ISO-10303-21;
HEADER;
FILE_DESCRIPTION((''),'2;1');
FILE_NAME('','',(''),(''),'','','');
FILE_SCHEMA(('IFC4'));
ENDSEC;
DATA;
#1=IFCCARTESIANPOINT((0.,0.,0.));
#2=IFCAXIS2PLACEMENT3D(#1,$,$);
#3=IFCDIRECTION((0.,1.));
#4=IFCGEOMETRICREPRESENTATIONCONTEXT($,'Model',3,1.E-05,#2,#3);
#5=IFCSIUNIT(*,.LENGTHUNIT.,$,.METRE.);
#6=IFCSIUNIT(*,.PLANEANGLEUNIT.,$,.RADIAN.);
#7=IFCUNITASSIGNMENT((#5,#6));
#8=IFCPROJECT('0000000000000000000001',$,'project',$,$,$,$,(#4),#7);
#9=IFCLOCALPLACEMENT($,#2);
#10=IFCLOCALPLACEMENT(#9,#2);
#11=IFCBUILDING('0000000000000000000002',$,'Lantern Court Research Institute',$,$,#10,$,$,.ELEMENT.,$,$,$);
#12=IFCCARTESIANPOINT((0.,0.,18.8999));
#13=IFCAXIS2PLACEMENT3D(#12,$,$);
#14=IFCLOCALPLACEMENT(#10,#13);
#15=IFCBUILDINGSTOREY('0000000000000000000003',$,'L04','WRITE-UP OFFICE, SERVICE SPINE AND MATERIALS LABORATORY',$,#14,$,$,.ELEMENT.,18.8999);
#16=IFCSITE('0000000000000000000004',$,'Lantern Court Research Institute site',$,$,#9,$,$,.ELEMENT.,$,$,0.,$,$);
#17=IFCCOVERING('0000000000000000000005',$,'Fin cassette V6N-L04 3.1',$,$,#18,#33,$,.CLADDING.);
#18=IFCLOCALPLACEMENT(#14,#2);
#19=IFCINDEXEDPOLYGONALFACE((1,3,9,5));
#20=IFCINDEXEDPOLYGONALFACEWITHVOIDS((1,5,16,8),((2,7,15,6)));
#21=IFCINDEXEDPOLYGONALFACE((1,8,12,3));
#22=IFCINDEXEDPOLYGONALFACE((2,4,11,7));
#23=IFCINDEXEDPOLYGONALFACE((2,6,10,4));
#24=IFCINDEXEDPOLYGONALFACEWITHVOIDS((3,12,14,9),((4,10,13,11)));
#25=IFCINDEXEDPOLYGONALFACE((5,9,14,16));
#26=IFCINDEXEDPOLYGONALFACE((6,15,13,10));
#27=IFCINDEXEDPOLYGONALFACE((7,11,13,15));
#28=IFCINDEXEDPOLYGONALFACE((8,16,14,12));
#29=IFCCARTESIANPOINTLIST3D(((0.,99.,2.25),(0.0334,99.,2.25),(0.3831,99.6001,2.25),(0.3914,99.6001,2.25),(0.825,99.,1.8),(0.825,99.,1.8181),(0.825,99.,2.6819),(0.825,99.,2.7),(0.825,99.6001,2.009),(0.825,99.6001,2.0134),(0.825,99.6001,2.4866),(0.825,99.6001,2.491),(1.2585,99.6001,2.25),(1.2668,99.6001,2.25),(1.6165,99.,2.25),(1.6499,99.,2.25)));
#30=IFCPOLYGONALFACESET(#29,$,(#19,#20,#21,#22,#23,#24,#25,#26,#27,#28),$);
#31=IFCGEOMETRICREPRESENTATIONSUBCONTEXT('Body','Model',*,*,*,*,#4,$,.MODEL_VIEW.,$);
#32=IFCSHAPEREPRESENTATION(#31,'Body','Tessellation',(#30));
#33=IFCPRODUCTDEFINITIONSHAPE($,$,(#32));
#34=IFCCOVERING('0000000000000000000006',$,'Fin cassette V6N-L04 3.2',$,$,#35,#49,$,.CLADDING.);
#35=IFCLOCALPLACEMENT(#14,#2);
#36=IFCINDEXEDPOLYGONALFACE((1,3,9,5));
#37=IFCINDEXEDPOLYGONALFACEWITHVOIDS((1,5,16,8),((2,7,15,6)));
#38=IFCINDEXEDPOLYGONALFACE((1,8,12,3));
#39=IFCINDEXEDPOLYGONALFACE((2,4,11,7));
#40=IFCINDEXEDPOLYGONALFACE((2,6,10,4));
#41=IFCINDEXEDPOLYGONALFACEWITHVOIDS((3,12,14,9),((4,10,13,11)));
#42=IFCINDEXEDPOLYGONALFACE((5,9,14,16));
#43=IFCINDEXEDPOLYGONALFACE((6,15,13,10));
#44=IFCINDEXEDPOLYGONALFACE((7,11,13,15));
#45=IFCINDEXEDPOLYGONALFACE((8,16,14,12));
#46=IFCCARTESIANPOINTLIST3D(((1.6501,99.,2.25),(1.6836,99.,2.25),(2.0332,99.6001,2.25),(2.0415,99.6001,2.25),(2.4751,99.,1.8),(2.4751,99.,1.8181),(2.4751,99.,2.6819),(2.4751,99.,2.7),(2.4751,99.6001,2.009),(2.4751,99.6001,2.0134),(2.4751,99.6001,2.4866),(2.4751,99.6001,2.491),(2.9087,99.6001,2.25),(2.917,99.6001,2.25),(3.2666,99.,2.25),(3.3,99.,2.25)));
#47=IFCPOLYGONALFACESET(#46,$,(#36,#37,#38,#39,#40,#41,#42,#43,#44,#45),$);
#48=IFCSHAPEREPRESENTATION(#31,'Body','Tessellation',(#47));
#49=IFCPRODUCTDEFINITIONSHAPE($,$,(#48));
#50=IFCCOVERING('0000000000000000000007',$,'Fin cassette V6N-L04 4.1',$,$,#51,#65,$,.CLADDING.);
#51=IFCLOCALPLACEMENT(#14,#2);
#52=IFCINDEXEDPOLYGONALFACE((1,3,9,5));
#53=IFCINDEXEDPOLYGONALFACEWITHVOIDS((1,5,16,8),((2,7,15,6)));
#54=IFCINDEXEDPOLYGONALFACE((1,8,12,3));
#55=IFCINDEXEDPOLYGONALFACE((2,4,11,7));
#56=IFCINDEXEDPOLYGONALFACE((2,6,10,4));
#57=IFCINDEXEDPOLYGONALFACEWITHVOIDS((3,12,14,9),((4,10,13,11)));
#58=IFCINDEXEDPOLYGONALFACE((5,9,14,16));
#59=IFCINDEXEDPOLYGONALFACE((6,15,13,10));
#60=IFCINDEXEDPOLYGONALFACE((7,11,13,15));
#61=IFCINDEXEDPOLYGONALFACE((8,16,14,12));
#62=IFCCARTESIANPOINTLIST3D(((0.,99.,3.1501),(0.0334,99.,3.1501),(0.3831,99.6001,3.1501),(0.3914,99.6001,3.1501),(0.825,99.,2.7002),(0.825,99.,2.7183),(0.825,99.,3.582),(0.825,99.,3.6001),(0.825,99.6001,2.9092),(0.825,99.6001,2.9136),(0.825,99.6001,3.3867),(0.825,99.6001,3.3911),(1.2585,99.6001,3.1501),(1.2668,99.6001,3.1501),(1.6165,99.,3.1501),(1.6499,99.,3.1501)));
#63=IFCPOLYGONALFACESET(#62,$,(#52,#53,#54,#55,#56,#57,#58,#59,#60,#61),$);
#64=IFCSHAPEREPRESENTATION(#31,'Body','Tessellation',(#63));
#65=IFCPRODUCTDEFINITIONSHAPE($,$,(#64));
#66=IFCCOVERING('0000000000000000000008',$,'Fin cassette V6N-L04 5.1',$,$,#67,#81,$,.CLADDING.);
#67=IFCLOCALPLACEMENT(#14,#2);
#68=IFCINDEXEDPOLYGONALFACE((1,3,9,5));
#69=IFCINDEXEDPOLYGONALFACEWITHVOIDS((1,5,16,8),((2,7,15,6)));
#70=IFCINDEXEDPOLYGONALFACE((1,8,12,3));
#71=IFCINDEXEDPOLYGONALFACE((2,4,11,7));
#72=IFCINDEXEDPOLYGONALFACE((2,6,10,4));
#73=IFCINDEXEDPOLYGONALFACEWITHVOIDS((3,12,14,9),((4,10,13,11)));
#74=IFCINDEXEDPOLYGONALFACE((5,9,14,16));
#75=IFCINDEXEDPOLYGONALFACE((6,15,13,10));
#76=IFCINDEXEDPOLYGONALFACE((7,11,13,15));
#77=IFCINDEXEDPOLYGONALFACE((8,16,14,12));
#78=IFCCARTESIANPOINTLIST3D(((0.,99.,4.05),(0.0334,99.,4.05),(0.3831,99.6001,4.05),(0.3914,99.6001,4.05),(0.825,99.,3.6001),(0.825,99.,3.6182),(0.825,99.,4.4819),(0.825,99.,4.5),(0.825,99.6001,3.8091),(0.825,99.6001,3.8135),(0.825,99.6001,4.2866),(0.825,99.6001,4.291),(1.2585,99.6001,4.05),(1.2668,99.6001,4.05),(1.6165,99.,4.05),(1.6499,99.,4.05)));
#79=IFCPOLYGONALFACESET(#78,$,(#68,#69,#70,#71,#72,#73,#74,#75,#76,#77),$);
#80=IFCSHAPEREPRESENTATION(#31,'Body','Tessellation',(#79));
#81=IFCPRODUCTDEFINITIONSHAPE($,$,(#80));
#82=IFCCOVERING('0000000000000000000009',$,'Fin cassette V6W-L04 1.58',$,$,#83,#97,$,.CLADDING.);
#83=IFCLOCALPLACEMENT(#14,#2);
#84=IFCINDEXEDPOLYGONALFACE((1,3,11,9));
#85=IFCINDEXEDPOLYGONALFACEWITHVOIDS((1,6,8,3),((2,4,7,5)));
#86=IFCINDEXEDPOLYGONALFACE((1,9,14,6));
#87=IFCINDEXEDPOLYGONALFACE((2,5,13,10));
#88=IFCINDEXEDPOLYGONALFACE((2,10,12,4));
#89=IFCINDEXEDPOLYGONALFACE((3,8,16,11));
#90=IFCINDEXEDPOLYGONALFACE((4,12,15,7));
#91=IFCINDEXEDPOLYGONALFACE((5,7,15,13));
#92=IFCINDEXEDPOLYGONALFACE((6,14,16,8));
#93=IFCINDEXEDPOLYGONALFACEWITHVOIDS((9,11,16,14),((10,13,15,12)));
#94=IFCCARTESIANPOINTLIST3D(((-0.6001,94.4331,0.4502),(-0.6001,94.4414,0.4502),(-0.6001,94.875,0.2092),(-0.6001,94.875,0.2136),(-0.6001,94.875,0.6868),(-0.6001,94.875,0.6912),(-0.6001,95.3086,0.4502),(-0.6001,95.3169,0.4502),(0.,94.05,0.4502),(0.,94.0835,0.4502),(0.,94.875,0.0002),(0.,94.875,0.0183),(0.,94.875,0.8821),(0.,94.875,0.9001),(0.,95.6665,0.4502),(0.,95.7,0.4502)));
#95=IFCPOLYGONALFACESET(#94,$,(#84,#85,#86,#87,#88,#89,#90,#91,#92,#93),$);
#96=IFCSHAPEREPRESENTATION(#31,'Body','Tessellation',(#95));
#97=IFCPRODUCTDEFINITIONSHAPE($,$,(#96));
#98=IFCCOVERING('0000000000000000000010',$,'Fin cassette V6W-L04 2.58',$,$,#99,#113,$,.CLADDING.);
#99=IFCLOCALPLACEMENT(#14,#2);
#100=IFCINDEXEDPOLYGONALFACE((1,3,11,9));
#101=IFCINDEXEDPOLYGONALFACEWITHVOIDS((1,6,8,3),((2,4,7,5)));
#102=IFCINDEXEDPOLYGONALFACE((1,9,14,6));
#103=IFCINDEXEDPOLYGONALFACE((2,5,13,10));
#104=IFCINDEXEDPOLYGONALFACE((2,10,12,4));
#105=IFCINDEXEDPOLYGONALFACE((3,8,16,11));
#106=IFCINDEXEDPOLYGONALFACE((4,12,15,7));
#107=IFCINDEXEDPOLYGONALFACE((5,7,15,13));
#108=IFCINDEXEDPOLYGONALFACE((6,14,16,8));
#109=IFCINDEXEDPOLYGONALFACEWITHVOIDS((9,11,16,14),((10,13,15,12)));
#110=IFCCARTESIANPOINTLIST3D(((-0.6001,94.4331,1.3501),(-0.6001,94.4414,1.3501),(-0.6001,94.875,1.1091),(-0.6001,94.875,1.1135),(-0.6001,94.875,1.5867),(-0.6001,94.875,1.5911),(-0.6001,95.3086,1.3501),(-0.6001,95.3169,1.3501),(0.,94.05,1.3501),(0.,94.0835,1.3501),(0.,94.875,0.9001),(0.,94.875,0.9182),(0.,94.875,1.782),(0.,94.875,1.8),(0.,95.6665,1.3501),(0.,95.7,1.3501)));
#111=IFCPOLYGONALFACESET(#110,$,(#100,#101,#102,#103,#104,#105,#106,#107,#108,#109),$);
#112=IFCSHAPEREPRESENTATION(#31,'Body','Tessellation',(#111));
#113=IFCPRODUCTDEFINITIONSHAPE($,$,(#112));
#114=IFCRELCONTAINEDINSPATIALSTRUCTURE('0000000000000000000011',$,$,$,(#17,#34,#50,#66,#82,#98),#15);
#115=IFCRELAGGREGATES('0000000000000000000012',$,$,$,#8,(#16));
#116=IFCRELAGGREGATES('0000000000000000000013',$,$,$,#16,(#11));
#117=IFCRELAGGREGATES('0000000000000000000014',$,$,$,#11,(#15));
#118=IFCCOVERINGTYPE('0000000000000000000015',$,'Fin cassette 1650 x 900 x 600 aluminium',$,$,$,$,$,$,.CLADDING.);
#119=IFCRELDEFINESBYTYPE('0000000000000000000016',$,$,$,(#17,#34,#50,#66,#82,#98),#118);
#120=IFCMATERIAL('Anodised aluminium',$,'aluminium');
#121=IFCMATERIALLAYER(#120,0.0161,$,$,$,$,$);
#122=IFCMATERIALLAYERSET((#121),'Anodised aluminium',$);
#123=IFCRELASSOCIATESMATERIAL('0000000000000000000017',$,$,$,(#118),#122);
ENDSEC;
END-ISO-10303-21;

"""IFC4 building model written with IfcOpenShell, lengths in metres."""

from ifc_helpers import new_model, entity, si_unit, direction, frame, origin, place, context, subcontext, project, spatial, material, layer, layer_set, type_object, element, save


model = new_model("IFC4")

# Units and contexts
model_context = context("Model", 3, precision=1e-05, world=origin(), true_north=direction((0.0, 1.0)))
body_context = subcontext(model_context, "Body", "Model", "MODEL_VIEW")
ifc_project = project(units=[si_unit("LENGTHUNIT", "METRE"), si_unit("PLANEANGLEUNIT", "RADIAN")], contexts=[model_context])

# Site, building, storey
site_placement = place(None, origin())
site = spatial("IfcSite", under=ifc_project, at=site_placement, Name="Lantern Court Research Institute site", CompositionType="ELEMENT", RefElevation=0.0)
building_placement = place(site_placement, origin())
building = spatial("IfcBuilding", under=site, at=building_placement, Name="Lantern Court Research Institute", CompositionType="ELEMENT")
storey_placement = place(building_placement, frame((0.0, 0.0, 18.8999)))
storey = spatial("IfcBuildingStorey", under=building, at=storey_placement, Name="L04", Description="WRITE-UP OFFICE, SERVICE SPINE AND MATERIALS LABORATORY", CompositionType="ELEMENT", Elevation=18.8999)

# Coverings
ifc_material_1 = material(Name="Anodised aluminium", Category="aluminium")
ifc_layer_1 = layer(ifc_material_1, 0.0161)
ifc_layer_set_1 = layer_set([ifc_layer_1], Name="Anodised aluminium")
covering_type = type_object("IfcCoveringType", Name="Fin cassette 1650 x 900 x 600 aluminium", PredefinedType="CLADDING", material=ifc_layer_set_1)
covering_1_placement = place(storey_placement, frame((0.825, 99.0, 2.25), z_axis=(0.0, 1.0, 0.0), x_axis=(-1.0, 0.0, 0.0)))
cartesian_point_1 = entity("IfcCartesianPoint", [0.825, 0.0])
cartesian_point_2 = entity("IfcCartesianPoint", [0.7915, 0.0])
cartesian_point_3 = entity("IfcCartesianPoint", [0.4419, 0.0])
cartesian_point_4 = entity("IfcCartesianPoint", [0.4336, 0.0])
element("IfcCovering", 1, at=covering_1_placement, inside=storey, type_object=covering_type, Name="Fin cassette V6N-L04 3.1", PredefinedType="CLADDING", context=body_context, shape_type="SweptSolid", body=[
    entity("IfcExtrudedAreaSolidTapered", entity("IfcArbitraryProfileDefWithVoids", "AREA", None, entity("IfcPolyline", [cartesian_point_1, entity("IfcCartesianPoint", [0.0, 0.45]), entity("IfcCartesianPoint", [-0.825, 0.0]), entity("IfcCartesianPoint", [0.0, -0.45]), cartesian_point_1]), [entity("IfcPolyline", [cartesian_point_2, entity("IfcCartesianPoint", [0.0, 0.4319]), entity("IfcCartesianPoint", [-0.7915, 0.0]), entity("IfcCartesianPoint", [0.0, -0.4319]), cartesian_point_2])]), entity("IfcAxis2Placement3D", entity("IfcCartesianPoint", [0.0, 0.0, 0.0])), entity("IfcDirection", [0.0, 0.0, 1.0]), 0.6001, entity("IfcArbitraryProfileDefWithVoids", "AREA", None, entity("IfcPolyline", [cartesian_point_3, entity("IfcCartesianPoint", [0.0, 0.241]), entity("IfcCartesianPoint", [-0.4419, 0.0]), entity("IfcCartesianPoint", [0.0, -0.241]), cartesian_point_3]), [entity("IfcPolyline", [cartesian_point_4, entity("IfcCartesianPoint", [0.0, 0.2366]), entity("IfcCartesianPoint", [-0.4336, 0.0]), entity("IfcCartesianPoint", [0.0, -0.2366]), cartesian_point_4])])),
])
covering_2_placement = place(storey_placement, frame((2.4751, 99.0, 2.25), z_axis=(0.0, 1.0, 0.0), x_axis=(-1.0, 0.0, 0.0)))
cartesian_point_5 = entity("IfcCartesianPoint", [0.825, 0.0])
cartesian_point_6 = entity("IfcCartesianPoint", [0.7915, 0.0])
cartesian_point_7 = entity("IfcCartesianPoint", [0.4419, 0.0])
cartesian_point_8 = entity("IfcCartesianPoint", [0.4336, 0.0])
element("IfcCovering", 2, at=covering_2_placement, inside=storey, type_object=covering_type, Name="Fin cassette V6N-L04 3.2", PredefinedType="CLADDING", context=body_context, shape_type="SweptSolid", body=[
    entity("IfcExtrudedAreaSolidTapered", entity("IfcArbitraryProfileDefWithVoids", "AREA", None, entity("IfcPolyline", [cartesian_point_5, entity("IfcCartesianPoint", [0.0, 0.45]), entity("IfcCartesianPoint", [-0.825, 0.0]), entity("IfcCartesianPoint", [0.0, -0.45]), cartesian_point_5]), [entity("IfcPolyline", [cartesian_point_6, entity("IfcCartesianPoint", [0.0, 0.4319]), entity("IfcCartesianPoint", [-0.7915, 0.0]), entity("IfcCartesianPoint", [0.0, -0.4319]), cartesian_point_6])]), entity("IfcAxis2Placement3D", entity("IfcCartesianPoint", [0.0, 0.0, 0.0])), entity("IfcDirection", [0.0, 0.0, 1.0]), 0.6001, entity("IfcArbitraryProfileDefWithVoids", "AREA", None, entity("IfcPolyline", [cartesian_point_7, entity("IfcCartesianPoint", [0.0, 0.241]), entity("IfcCartesianPoint", [-0.4419, 0.0]), entity("IfcCartesianPoint", [0.0, -0.241]), cartesian_point_7]), [entity("IfcPolyline", [cartesian_point_8, entity("IfcCartesianPoint", [0.0, 0.2366]), entity("IfcCartesianPoint", [-0.4336, 0.0]), entity("IfcCartesianPoint", [0.0, -0.2366]), cartesian_point_8])])),
])
covering_3_placement = place(storey_placement, frame((0.825, 99.0, 3.1501), z_axis=(0.0, 1.0, 0.0), x_axis=(-1.0, 0.0, 0.0)))
cartesian_point_9 = entity("IfcCartesianPoint", [0.825, 0.0])
cartesian_point_10 = entity("IfcCartesianPoint", [0.7915, 0.0])
cartesian_point_11 = entity("IfcCartesianPoint", [0.4419, 0.0])
cartesian_point_12 = entity("IfcCartesianPoint", [0.4336, 0.0])
element("IfcCovering", 3, at=covering_3_placement, inside=storey, type_object=covering_type, Name="Fin cassette V6N-L04 4.1", PredefinedType="CLADDING", context=body_context, shape_type="SweptSolid", body=[
    entity("IfcExtrudedAreaSolidTapered", entity("IfcArbitraryProfileDefWithVoids", "AREA", None, entity("IfcPolyline", [cartesian_point_9, entity("IfcCartesianPoint", [0.0, 0.45]), entity("IfcCartesianPoint", [-0.825, 0.0]), entity("IfcCartesianPoint", [0.0, -0.45]), cartesian_point_9]), [entity("IfcPolyline", [cartesian_point_10, entity("IfcCartesianPoint", [0.0, 0.4319]), entity("IfcCartesianPoint", [-0.7915, 0.0]), entity("IfcCartesianPoint", [0.0, -0.4319]), cartesian_point_10])]), entity("IfcAxis2Placement3D", entity("IfcCartesianPoint", [0.0, 0.0, 0.0])), entity("IfcDirection", [0.0, 0.0, 1.0]), 0.6001, entity("IfcArbitraryProfileDefWithVoids", "AREA", None, entity("IfcPolyline", [cartesian_point_11, entity("IfcCartesianPoint", [0.0, 0.241]), entity("IfcCartesianPoint", [-0.4419, 0.0]), entity("IfcCartesianPoint", [0.0, -0.241]), cartesian_point_11]), [entity("IfcPolyline", [cartesian_point_12, entity("IfcCartesianPoint", [0.0, 0.2366]), entity("IfcCartesianPoint", [-0.4336, 0.0]), entity("IfcCartesianPoint", [0.0, -0.2366]), cartesian_point_12])])),
])
covering_4_placement = place(storey_placement, frame((0.825, 99.0, 4.05), z_axis=(0.0, 1.0, 0.0), x_axis=(-1.0, 0.0, 0.0)))
cartesian_point_13 = entity("IfcCartesianPoint", [0.825, 0.0])
cartesian_point_14 = entity("IfcCartesianPoint", [0.7915, 0.0])
cartesian_point_15 = entity("IfcCartesianPoint", [0.4419, 0.0])
cartesian_point_16 = entity("IfcCartesianPoint", [0.4336, 0.0])
element("IfcCovering", 4, at=covering_4_placement, inside=storey, type_object=covering_type, Name="Fin cassette V6N-L04 5.1", PredefinedType="CLADDING", context=body_context, shape_type="SweptSolid", body=[
    entity("IfcExtrudedAreaSolidTapered", entity("IfcArbitraryProfileDefWithVoids", "AREA", None, entity("IfcPolyline", [cartesian_point_13, entity("IfcCartesianPoint", [0.0, 0.45]), entity("IfcCartesianPoint", [-0.825, 0.0]), entity("IfcCartesianPoint", [0.0, -0.45]), cartesian_point_13]), [entity("IfcPolyline", [cartesian_point_14, entity("IfcCartesianPoint", [0.0, 0.4319]), entity("IfcCartesianPoint", [-0.7915, 0.0]), entity("IfcCartesianPoint", [0.0, -0.4319]), cartesian_point_14])]), entity("IfcAxis2Placement3D", entity("IfcCartesianPoint", [0.0, 0.0, 0.0])), entity("IfcDirection", [0.0, 0.0, 1.0]), 0.6001, entity("IfcArbitraryProfileDefWithVoids", "AREA", None, entity("IfcPolyline", [cartesian_point_15, entity("IfcCartesianPoint", [0.0, 0.241]), entity("IfcCartesianPoint", [-0.4419, 0.0]), entity("IfcCartesianPoint", [0.0, -0.241]), cartesian_point_15]), [entity("IfcPolyline", [cartesian_point_16, entity("IfcCartesianPoint", [0.0, 0.2366]), entity("IfcCartesianPoint", [-0.4336, 0.0]), entity("IfcCartesianPoint", [0.0, -0.2366]), cartesian_point_16])])),
])
covering_5_placement = place(storey_placement, frame((0.0, 94.875, 0.4502), z_axis=(-1.0, 0.0, 0.0), x_axis=(0.0, -1.0, 0.0)))
cartesian_point_17 = entity("IfcCartesianPoint", [0.825, 0.0])
cartesian_point_18 = entity("IfcCartesianPoint", [0.7915, 0.0])
cartesian_point_19 = entity("IfcCartesianPoint", [0.4419, 0.0])
cartesian_point_20 = entity("IfcCartesianPoint", [0.4336, 0.0])
element("IfcCovering", 5, at=covering_5_placement, inside=storey, type_object=covering_type, Name="Fin cassette V6W-L04 1.58", PredefinedType="CLADDING", context=body_context, shape_type="SweptSolid", body=[
    entity("IfcExtrudedAreaSolidTapered", entity("IfcArbitraryProfileDefWithVoids", "AREA", None, entity("IfcPolyline", [cartesian_point_17, entity("IfcCartesianPoint", [0.0, 0.45]), entity("IfcCartesianPoint", [-0.825, 0.0]), entity("IfcCartesianPoint", [0.0, -0.45]), cartesian_point_17]), [entity("IfcPolyline", [cartesian_point_18, entity("IfcCartesianPoint", [0.0, 0.4319]), entity("IfcCartesianPoint", [-0.7915, 0.0]), entity("IfcCartesianPoint", [0.0, -0.4319]), cartesian_point_18])]), entity("IfcAxis2Placement3D", entity("IfcCartesianPoint", [0.0, 0.0, 0.0])), entity("IfcDirection", [0.0, 0.0, 1.0]), 0.6001, entity("IfcArbitraryProfileDefWithVoids", "AREA", None, entity("IfcPolyline", [cartesian_point_19, entity("IfcCartesianPoint", [0.0, 0.241]), entity("IfcCartesianPoint", [-0.4419, 0.0]), entity("IfcCartesianPoint", [0.0, -0.241]), cartesian_point_19]), [entity("IfcPolyline", [cartesian_point_20, entity("IfcCartesianPoint", [0.0, 0.2366]), entity("IfcCartesianPoint", [-0.4336, 0.0]), entity("IfcCartesianPoint", [0.0, -0.2366]), cartesian_point_20])])),
])
covering_6_placement = place(storey_placement, frame((0.0, 94.875, 1.3501), z_axis=(-1.0, 0.0, 0.0), x_axis=(0.0, -1.0, 0.0)))
cartesian_point_21 = entity("IfcCartesianPoint", [0.825, 0.0])
cartesian_point_22 = entity("IfcCartesianPoint", [0.7915, 0.0])
cartesian_point_23 = entity("IfcCartesianPoint", [0.4419, 0.0])
cartesian_point_24 = entity("IfcCartesianPoint", [0.4336, 0.0])
element("IfcCovering", 6, at=covering_6_placement, inside=storey, type_object=covering_type, Name="Fin cassette V6W-L04 2.58", PredefinedType="CLADDING", context=body_context, shape_type="SweptSolid", body=[
    entity("IfcExtrudedAreaSolidTapered", entity("IfcArbitraryProfileDefWithVoids", "AREA", None, entity("IfcPolyline", [cartesian_point_21, entity("IfcCartesianPoint", [0.0, 0.45]), entity("IfcCartesianPoint", [-0.825, 0.0]), entity("IfcCartesianPoint", [0.0, -0.45]), cartesian_point_21]), [entity("IfcPolyline", [cartesian_point_22, entity("IfcCartesianPoint", [0.0, 0.4319]), entity("IfcCartesianPoint", [-0.7915, 0.0]), entity("IfcCartesianPoint", [0.0, -0.4319]), cartesian_point_22])]), entity("IfcAxis2Placement3D", entity("IfcCartesianPoint", [0.0, 0.0, 0.0])), entity("IfcDirection", [0.0, 0.0, 1.0]), 0.6001, entity("IfcArbitraryProfileDefWithVoids", "AREA", None, entity("IfcPolyline", [cartesian_point_23, entity("IfcCartesianPoint", [0.0, 0.241]), entity("IfcCartesianPoint", [-0.4419, 0.0]), entity("IfcCartesianPoint", [0.0, -0.241]), cartesian_point_23]), [entity("IfcPolyline", [cartesian_point_24, entity("IfcCartesianPoint", [0.0, 0.2366]), entity("IfcCartesianPoint", [-0.4336, 0.0]), entity("IfcCartesianPoint", [0.0, -0.2366]), cartesian_point_24])])),
])

save(model, "model.ifc")
